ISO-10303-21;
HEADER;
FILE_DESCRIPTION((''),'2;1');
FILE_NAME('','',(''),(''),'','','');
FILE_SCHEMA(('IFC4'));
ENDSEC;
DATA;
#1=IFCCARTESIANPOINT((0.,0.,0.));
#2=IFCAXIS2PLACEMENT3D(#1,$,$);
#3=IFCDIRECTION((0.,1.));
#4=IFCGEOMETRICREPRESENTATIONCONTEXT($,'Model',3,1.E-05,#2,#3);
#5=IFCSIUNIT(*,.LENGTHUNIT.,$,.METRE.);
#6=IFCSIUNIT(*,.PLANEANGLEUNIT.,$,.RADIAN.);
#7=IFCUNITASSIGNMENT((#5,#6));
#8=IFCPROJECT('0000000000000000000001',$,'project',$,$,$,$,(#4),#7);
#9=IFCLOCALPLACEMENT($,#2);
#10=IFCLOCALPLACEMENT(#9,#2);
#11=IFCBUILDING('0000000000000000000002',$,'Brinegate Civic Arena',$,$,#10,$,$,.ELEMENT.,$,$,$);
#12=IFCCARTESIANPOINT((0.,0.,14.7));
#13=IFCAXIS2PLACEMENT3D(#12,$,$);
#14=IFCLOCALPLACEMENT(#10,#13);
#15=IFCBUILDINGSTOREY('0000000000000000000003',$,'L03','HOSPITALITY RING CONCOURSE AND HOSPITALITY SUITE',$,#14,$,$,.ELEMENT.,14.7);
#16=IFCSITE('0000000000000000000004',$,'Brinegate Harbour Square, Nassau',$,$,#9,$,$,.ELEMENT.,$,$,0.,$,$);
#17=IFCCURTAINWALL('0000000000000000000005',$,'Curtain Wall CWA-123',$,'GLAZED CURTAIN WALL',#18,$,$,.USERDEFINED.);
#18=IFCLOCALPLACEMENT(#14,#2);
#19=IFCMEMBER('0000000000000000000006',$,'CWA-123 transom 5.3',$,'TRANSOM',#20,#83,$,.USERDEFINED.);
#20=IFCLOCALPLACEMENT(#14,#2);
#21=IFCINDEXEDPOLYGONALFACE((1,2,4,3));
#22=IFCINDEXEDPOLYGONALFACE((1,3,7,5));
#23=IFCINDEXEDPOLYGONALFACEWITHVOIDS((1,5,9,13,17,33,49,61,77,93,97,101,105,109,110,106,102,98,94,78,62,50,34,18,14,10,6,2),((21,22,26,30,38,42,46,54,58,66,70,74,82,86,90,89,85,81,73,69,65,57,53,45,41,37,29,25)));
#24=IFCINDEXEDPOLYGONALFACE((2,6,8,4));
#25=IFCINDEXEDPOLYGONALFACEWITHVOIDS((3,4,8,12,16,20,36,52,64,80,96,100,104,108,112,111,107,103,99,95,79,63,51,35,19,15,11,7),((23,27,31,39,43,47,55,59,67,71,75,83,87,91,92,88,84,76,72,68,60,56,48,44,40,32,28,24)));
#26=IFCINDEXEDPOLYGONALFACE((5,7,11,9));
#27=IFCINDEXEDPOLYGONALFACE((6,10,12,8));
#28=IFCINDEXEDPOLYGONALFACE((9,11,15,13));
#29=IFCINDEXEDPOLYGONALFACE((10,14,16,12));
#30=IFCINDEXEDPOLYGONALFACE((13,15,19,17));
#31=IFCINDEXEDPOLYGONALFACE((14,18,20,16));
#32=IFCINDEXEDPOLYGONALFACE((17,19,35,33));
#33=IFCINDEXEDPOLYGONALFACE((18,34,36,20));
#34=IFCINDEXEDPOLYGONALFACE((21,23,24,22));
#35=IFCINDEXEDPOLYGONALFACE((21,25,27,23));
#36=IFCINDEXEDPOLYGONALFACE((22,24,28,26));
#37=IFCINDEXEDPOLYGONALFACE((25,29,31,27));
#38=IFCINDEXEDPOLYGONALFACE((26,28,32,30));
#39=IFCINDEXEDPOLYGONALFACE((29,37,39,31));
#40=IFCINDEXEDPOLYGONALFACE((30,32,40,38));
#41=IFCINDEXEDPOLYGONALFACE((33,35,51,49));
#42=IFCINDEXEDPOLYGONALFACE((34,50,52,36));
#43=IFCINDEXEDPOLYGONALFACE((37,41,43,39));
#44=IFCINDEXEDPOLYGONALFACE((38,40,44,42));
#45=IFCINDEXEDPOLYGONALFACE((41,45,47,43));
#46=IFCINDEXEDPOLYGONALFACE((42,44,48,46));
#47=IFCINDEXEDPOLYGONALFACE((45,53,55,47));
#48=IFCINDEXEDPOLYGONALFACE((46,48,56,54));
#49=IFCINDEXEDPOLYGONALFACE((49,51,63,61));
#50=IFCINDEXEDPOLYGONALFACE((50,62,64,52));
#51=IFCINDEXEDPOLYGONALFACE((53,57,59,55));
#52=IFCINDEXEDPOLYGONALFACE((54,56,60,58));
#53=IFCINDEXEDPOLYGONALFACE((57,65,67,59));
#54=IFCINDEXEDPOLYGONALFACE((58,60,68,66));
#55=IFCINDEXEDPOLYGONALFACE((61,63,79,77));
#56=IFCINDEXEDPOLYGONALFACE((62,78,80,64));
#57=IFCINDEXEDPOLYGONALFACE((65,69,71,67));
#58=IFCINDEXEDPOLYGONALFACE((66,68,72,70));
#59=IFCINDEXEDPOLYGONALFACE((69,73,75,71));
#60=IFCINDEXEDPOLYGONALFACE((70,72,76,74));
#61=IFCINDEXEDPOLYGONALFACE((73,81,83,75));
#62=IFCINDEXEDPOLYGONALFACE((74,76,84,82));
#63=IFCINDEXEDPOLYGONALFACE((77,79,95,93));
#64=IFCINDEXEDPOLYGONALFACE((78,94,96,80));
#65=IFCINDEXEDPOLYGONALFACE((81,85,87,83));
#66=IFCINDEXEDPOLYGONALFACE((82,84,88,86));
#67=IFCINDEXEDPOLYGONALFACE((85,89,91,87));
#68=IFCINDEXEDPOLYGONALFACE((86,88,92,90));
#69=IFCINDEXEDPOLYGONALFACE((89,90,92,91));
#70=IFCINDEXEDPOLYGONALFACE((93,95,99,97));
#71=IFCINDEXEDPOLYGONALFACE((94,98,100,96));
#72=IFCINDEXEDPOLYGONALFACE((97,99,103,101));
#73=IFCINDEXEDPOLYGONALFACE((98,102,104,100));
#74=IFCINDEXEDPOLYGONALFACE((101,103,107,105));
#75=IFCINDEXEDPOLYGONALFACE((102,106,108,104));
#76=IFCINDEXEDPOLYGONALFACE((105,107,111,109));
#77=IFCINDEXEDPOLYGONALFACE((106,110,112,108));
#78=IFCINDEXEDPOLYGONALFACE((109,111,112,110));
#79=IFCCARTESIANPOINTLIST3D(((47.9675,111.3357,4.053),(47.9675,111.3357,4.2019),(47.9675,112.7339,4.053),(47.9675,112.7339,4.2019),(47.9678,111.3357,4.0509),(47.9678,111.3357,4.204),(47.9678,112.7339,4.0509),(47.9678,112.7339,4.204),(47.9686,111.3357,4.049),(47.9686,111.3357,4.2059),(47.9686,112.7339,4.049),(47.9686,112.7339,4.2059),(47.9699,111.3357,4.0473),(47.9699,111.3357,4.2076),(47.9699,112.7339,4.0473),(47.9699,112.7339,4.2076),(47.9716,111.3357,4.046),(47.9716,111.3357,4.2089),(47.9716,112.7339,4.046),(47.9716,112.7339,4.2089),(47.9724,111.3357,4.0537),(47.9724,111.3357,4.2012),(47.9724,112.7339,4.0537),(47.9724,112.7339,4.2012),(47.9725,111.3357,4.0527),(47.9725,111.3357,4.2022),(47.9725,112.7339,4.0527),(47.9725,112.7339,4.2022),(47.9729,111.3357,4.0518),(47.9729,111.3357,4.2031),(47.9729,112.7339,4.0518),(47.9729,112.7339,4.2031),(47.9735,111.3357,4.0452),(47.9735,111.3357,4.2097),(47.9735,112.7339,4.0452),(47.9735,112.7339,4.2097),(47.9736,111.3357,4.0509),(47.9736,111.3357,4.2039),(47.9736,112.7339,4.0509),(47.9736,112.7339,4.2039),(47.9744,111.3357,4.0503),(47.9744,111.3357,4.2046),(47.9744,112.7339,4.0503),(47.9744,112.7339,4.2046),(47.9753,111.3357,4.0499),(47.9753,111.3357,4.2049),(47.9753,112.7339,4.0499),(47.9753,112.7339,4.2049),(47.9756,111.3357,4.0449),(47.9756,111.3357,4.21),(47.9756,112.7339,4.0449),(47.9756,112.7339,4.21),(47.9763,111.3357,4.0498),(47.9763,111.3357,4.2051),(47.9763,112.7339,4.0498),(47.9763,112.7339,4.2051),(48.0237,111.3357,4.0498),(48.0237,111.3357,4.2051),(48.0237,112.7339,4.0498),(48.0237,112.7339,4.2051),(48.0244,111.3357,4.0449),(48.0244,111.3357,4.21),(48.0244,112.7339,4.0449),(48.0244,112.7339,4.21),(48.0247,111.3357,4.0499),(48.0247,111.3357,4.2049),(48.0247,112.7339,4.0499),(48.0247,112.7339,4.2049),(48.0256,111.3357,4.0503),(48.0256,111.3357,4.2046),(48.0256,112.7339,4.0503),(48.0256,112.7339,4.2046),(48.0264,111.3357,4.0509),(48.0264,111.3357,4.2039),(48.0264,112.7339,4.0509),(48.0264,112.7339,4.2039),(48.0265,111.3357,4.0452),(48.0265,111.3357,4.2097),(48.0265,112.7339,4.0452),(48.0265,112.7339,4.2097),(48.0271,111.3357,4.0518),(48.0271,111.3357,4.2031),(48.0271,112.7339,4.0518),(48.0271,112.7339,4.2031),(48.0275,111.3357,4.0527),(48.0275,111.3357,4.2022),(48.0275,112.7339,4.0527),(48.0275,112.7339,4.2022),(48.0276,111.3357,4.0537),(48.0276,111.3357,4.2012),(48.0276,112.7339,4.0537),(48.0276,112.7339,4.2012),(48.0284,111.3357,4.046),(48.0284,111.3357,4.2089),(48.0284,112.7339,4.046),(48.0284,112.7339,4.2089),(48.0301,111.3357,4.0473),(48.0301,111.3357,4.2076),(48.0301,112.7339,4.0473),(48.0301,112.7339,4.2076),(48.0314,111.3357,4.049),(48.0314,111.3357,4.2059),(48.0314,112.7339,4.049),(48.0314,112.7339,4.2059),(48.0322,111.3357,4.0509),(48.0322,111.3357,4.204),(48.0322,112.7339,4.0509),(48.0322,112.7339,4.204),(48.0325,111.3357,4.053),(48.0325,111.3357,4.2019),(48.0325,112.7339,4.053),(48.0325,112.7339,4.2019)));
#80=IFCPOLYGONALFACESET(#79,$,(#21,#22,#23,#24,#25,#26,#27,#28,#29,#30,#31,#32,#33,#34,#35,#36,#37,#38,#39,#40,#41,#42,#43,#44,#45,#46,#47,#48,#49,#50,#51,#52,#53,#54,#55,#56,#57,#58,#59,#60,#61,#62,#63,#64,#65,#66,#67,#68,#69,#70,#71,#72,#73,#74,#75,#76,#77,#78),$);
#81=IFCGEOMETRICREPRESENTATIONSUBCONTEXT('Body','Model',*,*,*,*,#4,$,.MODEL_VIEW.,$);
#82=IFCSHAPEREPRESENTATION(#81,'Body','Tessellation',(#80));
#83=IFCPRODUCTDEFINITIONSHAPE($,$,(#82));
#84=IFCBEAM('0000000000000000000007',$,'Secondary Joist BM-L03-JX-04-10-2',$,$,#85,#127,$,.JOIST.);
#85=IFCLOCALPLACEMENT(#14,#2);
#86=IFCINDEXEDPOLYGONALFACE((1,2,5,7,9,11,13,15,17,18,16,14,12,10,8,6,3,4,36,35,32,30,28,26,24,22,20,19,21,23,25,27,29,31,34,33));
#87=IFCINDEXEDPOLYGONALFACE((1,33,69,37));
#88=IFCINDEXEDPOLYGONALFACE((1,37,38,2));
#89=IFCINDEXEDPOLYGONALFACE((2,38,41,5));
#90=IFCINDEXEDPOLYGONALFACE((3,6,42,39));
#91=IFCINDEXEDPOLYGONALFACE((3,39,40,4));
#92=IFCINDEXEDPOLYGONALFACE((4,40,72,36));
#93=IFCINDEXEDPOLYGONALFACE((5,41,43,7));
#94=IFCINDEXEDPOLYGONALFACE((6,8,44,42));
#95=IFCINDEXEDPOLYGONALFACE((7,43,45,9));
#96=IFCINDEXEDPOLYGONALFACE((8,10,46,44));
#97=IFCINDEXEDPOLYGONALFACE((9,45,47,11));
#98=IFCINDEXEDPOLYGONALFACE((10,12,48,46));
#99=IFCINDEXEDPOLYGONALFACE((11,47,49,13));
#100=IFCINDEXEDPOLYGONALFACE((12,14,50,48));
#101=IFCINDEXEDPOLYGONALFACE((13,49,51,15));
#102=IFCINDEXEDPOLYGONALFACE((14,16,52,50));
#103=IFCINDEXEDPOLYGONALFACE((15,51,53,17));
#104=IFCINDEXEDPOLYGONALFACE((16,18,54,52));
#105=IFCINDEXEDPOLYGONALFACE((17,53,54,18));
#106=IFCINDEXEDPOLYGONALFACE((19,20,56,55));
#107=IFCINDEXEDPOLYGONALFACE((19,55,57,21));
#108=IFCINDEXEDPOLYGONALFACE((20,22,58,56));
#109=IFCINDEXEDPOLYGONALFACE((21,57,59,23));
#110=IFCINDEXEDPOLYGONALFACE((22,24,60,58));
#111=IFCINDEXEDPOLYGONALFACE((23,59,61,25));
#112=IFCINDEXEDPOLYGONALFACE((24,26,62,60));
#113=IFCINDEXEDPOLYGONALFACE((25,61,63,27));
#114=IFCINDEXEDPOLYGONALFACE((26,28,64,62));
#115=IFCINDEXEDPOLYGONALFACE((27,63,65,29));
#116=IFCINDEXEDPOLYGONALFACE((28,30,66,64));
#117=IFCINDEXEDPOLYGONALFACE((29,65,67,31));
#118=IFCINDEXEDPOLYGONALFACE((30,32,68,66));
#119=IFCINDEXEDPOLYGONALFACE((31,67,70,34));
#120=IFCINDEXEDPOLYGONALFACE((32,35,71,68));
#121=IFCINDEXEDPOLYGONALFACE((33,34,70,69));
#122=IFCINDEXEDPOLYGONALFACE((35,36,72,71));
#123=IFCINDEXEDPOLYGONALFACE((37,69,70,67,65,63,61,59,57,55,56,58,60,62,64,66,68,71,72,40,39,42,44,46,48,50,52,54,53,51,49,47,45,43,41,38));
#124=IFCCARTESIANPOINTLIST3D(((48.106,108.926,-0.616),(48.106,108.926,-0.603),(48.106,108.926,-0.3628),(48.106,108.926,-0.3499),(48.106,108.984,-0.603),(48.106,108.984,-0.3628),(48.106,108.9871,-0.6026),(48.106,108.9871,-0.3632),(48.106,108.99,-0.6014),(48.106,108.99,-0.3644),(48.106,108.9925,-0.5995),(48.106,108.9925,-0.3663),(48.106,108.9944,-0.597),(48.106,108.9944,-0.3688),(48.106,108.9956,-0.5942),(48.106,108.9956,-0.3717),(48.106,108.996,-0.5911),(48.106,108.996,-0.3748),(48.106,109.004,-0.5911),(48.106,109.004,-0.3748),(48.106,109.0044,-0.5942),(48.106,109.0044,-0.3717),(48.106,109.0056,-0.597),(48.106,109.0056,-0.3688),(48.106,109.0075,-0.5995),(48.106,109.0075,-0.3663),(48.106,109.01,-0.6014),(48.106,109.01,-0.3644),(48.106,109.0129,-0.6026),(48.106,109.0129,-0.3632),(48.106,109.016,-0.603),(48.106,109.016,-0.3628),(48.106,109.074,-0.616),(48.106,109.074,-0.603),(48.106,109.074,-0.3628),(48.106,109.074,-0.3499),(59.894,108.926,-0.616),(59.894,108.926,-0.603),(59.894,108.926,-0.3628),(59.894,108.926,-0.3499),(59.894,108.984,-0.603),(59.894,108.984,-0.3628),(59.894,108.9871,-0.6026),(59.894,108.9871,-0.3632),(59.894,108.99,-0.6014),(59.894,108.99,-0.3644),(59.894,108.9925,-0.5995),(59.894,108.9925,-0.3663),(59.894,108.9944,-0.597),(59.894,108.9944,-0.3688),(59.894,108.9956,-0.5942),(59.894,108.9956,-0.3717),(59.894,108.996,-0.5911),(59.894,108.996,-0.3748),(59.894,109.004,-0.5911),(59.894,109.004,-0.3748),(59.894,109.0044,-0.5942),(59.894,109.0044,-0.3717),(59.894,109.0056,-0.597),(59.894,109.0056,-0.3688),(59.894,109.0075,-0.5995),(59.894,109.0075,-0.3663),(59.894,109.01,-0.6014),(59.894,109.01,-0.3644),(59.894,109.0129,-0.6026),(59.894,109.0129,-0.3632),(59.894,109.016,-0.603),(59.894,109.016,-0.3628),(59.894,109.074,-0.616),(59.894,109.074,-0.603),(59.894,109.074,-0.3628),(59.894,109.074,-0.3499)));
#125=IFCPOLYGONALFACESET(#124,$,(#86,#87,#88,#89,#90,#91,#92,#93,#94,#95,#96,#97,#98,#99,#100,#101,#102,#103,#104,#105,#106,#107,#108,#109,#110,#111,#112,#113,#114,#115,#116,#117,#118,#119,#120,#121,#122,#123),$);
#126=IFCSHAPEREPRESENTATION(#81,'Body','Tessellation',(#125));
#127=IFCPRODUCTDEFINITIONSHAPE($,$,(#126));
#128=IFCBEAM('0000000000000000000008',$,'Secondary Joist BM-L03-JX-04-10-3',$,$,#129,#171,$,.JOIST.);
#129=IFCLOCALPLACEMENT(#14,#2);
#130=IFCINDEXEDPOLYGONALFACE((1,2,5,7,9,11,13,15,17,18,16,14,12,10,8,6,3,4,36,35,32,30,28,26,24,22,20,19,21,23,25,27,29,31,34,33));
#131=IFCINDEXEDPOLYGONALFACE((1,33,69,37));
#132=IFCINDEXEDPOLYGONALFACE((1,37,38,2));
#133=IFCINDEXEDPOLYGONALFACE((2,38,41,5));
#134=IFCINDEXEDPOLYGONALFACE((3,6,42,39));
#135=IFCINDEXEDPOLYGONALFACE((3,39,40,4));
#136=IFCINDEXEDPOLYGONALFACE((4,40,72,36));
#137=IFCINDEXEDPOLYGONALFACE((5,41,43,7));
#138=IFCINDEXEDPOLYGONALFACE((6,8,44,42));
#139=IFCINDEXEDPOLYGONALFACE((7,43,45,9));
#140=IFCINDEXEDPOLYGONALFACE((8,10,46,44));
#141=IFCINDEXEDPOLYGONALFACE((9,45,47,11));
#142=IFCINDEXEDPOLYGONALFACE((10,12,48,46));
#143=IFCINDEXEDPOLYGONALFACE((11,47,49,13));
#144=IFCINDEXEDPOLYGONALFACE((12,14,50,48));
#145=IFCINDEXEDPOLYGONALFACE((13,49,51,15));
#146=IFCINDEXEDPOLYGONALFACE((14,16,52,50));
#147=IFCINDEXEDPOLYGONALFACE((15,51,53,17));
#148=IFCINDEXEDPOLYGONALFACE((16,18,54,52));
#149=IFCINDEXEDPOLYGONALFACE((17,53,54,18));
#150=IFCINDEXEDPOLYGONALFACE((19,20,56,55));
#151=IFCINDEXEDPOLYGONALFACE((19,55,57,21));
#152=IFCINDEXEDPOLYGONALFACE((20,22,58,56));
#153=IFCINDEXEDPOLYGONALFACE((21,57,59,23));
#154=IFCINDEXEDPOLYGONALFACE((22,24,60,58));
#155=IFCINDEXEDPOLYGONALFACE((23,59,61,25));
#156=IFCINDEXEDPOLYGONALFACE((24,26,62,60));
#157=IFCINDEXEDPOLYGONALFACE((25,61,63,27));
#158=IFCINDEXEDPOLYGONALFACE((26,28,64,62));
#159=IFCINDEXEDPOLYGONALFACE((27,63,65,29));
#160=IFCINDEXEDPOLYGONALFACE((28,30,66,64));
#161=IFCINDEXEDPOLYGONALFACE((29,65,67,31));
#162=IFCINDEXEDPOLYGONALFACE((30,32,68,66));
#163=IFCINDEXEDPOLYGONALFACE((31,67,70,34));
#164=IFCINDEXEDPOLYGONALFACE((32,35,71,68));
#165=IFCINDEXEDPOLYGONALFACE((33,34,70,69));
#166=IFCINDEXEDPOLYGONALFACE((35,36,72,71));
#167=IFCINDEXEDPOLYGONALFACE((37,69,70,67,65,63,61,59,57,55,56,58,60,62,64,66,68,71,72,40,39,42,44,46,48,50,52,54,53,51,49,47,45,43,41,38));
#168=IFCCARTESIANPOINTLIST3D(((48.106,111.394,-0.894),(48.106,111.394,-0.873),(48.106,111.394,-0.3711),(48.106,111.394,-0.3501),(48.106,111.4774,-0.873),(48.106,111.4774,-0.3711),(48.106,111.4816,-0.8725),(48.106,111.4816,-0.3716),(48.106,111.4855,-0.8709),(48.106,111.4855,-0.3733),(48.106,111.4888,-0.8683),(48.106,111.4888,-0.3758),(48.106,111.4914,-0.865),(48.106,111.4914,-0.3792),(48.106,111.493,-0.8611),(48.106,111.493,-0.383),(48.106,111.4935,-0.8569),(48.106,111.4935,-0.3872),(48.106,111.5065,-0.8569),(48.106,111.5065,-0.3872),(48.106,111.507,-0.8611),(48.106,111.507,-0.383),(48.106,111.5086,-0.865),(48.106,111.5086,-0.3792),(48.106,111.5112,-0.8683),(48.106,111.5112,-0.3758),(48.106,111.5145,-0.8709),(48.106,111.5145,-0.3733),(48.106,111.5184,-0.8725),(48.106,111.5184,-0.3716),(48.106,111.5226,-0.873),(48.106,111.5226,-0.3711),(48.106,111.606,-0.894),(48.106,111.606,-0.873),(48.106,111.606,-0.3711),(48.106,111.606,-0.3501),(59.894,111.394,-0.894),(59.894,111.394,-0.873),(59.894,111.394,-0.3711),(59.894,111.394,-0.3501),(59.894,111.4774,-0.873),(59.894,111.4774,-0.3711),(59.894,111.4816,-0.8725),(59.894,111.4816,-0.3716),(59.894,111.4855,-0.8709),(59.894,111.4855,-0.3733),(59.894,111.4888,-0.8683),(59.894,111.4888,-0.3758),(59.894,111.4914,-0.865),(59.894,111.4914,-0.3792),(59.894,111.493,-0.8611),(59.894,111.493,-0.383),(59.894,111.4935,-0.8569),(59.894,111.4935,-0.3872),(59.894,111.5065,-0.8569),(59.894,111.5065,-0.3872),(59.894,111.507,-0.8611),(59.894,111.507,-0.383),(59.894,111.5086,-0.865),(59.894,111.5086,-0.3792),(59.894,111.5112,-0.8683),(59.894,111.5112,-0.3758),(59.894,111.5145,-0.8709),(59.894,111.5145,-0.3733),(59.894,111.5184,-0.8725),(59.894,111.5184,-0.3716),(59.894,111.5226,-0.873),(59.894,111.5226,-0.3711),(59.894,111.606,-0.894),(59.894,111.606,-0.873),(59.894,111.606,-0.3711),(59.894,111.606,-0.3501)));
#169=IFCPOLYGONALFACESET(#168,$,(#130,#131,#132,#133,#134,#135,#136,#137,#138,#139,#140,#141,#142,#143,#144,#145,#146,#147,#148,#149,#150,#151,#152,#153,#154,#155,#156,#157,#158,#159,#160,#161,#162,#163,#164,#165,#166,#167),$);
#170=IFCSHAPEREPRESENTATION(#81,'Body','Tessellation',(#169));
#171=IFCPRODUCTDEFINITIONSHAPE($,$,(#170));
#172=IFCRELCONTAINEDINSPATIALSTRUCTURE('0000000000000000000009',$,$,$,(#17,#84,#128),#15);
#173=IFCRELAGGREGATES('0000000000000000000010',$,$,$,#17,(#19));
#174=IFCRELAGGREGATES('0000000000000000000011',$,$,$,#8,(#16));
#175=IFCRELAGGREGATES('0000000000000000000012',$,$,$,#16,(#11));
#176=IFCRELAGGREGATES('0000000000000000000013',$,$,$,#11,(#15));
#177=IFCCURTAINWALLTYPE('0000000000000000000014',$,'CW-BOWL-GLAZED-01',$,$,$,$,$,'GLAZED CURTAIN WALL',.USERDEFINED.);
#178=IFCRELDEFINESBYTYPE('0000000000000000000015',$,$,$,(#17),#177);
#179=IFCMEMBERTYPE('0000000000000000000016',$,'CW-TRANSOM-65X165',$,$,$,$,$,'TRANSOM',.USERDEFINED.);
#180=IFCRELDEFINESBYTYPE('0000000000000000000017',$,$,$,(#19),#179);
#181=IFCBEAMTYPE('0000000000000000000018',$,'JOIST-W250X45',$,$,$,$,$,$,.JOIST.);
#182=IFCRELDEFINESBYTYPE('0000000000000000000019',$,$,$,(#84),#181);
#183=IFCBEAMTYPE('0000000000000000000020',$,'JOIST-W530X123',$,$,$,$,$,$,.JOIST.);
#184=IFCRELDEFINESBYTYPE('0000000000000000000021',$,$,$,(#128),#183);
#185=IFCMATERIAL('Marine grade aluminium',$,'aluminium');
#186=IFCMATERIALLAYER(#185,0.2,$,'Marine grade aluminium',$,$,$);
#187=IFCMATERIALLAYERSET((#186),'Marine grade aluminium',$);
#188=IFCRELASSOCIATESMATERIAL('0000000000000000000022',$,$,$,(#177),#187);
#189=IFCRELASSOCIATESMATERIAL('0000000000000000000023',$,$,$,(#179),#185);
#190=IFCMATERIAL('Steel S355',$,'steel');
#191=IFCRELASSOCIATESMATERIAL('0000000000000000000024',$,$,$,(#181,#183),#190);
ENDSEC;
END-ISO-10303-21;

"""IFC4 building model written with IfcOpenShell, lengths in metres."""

from ifc_helpers import new_model, si_unit, direction, frame, origin, origin_2d, place, context, subcontext, project, spatial, hollow_rectangle, i_section, extrude, material, layer, layer_set, material_profile, profile_set, type_object, element, aggregate, save


model = new_model("IFC4")

# Units and contexts
model_context = context("Model", 3, precision=1e-05, world=origin(), true_north=direction((0.0, 1.0)))
body_context = subcontext(model_context, "Body", "Model", "MODEL_VIEW")
ifc_project = project(units=[si_unit("LENGTHUNIT", "METRE"), si_unit("PLANEANGLEUNIT", "RADIAN")], contexts=[model_context])

# Site, building, storey
site_placement = place(None, origin())
site = spatial("IfcSite", under=ifc_project, at=site_placement, Name="Brinegate Harbour Square, Nassau", CompositionType="ELEMENT", RefElevation=0.0)
building_placement = place(site_placement, origin())
building = spatial("IfcBuilding", under=site, at=building_placement, Name="Brinegate Civic Arena", CompositionType="ELEMENT")
storey_placement = place(building_placement, frame((0.0, 0.0, 14.7)))
storey = spatial("IfcBuildingStorey", under=building, at=storey_placement, Name="L03", Description="HOSPITALITY RING CONCOURSE AND HOSPITALITY SUITE", CompositionType="ELEMENT", Elevation=14.7)

# Curtain wall, member
ifc_material_1 = material(Name="Marine grade aluminium", Category="aluminium")
ifc_layer_1 = layer(ifc_material_1, 0.2, Name="Marine grade aluminium")
ifc_layer_set_1 = layer_set([ifc_layer_1], Name="Marine grade aluminium")
curtain_wall_type = type_object("IfcCurtainWallType", Name="CW-BOWL-GLAZED-01", ElementType="GLAZED CURTAIN WALL", PredefinedType="USERDEFINED", material=ifc_layer_set_1)
curtain_wall_placement = place(storey_placement, origin())
curtain_wall = element("IfcCurtainWall", 1, at=curtain_wall_placement, inside=storey, type_object=curtain_wall_type, Name="Curtain Wall CWA-123", ObjectType="GLAZED CURTAIN WALL", PredefinedType="USERDEFINED")
ifc_material_profile_1 = material_profile(ifc_material_1, hollow_rectangle(XDim=0.0649, YDim=0.165, WallThickness=0.0049, InnerFilletRadius=0.0039, OuterFilletRadius=0.0081, at=origin_2d()), Name="TRN65X165")
ifc_profile_set_1 = profile_set([ifc_material_profile_1], Name="Marine grade aluminium")
member_type_1 = type_object("IfcMemberType", Name="CW-TRANSOM-65X165", ElementType="TRANSOM", PredefinedType="USERDEFINED", material=ifc_profile_set_1)
member_1_placement = place(storey_placement, frame((48.0, 111.3357, 4.1274), z_axis=(0.0, 1.0, 0.0), x_axis=(-1.0, 0.0, 0.0)))
member_1 = element("IfcMember", 2, at=member_1_placement, type_object=member_type_1, Name="CWA-123 transom 5.3", ObjectType="TRANSOM", PredefinedType="USERDEFINED", context=body_context, shape_type="SweptSolid", body=[
    extrude(hollow_rectangle(XDim=0.0649, YDim=0.165, WallThickness=0.0049, InnerFilletRadius=0.0039, OuterFilletRadius=0.0081, at=origin_2d()), origin(), (0.0, 0.0, 1.0), 1.3982),
])

# Beams
ifc_material_2 = material(Name="Steel S355", Category="steel")
ifc_material_profile_2 = material_profile(ifc_material_2, i_section(OverallWidth=0.1479, OverallDepth=0.2661, WebThickness=0.0081, FlangeThickness=0.0129, FilletRadius=0.012, at=origin_2d()), Name="W250X45")
ifc_profile_set_2 = profile_set([ifc_material_profile_2], Name="Steel S355")
beam_type_1 = type_object("IfcBeamType", Name="JOIST-W250X45", PredefinedType="JOIST", material=ifc_profile_set_2)
beam_1_placement = place(storey_placement, frame((48.106, 109.0, -0.4829), z_axis=(1.0, 0.0, 0.0), x_axis=(0.0, 1.0, 0.0)))
element("IfcBeam", 3, at=beam_1_placement, inside=storey, type_object=beam_type_1, Name="Secondary Joist BM-L03-JX-04-10-2", PredefinedType="JOIST", context=body_context, shape_type="SweptSolid", body=[
    extrude(i_section(OverallWidth=0.1479, OverallDepth=0.2661, WebThickness=0.0081, FlangeThickness=0.0129, FilletRadius=0.012, at=origin_2d()), origin(), (0.0, 0.0, 1.0), 11.7881),
])
ifc_material_profile_3 = material_profile(ifc_material_2, i_section(OverallWidth=0.2119, OverallDepth=0.5439, WebThickness=0.0129, FlangeThickness=0.021, FilletRadius=0.0161, at=origin_2d()), Name="W530X123")
ifc_profile_set_3 = profile_set([ifc_material_profile_3], Name="Steel S355")
beam_type_2 = type_object("IfcBeamType", Name="JOIST-W530X123", PredefinedType="JOIST", material=ifc_profile_set_3)
beam_2_placement = place(storey_placement, frame((48.106, 111.5, -0.6221), z_axis=(1.0, 0.0, 0.0), x_axis=(0.0, 1.0, 0.0)))
element("IfcBeam", 4, at=beam_2_placement, inside=storey, type_object=beam_type_2, Name="Secondary Joist BM-L03-JX-04-10-3", PredefinedType="JOIST", context=body_context, shape_type="SweptSolid", body=[
    extrude(i_section(OverallWidth=0.2119, OverallDepth=0.5439, WebThickness=0.0129, FlangeThickness=0.021, FilletRadius=0.0161, at=origin_2d()), origin(), (0.0, 0.0, 1.0), 11.7881),
])

aggregate(curtain_wall, [member_1])

save(model, "model.ifc")
